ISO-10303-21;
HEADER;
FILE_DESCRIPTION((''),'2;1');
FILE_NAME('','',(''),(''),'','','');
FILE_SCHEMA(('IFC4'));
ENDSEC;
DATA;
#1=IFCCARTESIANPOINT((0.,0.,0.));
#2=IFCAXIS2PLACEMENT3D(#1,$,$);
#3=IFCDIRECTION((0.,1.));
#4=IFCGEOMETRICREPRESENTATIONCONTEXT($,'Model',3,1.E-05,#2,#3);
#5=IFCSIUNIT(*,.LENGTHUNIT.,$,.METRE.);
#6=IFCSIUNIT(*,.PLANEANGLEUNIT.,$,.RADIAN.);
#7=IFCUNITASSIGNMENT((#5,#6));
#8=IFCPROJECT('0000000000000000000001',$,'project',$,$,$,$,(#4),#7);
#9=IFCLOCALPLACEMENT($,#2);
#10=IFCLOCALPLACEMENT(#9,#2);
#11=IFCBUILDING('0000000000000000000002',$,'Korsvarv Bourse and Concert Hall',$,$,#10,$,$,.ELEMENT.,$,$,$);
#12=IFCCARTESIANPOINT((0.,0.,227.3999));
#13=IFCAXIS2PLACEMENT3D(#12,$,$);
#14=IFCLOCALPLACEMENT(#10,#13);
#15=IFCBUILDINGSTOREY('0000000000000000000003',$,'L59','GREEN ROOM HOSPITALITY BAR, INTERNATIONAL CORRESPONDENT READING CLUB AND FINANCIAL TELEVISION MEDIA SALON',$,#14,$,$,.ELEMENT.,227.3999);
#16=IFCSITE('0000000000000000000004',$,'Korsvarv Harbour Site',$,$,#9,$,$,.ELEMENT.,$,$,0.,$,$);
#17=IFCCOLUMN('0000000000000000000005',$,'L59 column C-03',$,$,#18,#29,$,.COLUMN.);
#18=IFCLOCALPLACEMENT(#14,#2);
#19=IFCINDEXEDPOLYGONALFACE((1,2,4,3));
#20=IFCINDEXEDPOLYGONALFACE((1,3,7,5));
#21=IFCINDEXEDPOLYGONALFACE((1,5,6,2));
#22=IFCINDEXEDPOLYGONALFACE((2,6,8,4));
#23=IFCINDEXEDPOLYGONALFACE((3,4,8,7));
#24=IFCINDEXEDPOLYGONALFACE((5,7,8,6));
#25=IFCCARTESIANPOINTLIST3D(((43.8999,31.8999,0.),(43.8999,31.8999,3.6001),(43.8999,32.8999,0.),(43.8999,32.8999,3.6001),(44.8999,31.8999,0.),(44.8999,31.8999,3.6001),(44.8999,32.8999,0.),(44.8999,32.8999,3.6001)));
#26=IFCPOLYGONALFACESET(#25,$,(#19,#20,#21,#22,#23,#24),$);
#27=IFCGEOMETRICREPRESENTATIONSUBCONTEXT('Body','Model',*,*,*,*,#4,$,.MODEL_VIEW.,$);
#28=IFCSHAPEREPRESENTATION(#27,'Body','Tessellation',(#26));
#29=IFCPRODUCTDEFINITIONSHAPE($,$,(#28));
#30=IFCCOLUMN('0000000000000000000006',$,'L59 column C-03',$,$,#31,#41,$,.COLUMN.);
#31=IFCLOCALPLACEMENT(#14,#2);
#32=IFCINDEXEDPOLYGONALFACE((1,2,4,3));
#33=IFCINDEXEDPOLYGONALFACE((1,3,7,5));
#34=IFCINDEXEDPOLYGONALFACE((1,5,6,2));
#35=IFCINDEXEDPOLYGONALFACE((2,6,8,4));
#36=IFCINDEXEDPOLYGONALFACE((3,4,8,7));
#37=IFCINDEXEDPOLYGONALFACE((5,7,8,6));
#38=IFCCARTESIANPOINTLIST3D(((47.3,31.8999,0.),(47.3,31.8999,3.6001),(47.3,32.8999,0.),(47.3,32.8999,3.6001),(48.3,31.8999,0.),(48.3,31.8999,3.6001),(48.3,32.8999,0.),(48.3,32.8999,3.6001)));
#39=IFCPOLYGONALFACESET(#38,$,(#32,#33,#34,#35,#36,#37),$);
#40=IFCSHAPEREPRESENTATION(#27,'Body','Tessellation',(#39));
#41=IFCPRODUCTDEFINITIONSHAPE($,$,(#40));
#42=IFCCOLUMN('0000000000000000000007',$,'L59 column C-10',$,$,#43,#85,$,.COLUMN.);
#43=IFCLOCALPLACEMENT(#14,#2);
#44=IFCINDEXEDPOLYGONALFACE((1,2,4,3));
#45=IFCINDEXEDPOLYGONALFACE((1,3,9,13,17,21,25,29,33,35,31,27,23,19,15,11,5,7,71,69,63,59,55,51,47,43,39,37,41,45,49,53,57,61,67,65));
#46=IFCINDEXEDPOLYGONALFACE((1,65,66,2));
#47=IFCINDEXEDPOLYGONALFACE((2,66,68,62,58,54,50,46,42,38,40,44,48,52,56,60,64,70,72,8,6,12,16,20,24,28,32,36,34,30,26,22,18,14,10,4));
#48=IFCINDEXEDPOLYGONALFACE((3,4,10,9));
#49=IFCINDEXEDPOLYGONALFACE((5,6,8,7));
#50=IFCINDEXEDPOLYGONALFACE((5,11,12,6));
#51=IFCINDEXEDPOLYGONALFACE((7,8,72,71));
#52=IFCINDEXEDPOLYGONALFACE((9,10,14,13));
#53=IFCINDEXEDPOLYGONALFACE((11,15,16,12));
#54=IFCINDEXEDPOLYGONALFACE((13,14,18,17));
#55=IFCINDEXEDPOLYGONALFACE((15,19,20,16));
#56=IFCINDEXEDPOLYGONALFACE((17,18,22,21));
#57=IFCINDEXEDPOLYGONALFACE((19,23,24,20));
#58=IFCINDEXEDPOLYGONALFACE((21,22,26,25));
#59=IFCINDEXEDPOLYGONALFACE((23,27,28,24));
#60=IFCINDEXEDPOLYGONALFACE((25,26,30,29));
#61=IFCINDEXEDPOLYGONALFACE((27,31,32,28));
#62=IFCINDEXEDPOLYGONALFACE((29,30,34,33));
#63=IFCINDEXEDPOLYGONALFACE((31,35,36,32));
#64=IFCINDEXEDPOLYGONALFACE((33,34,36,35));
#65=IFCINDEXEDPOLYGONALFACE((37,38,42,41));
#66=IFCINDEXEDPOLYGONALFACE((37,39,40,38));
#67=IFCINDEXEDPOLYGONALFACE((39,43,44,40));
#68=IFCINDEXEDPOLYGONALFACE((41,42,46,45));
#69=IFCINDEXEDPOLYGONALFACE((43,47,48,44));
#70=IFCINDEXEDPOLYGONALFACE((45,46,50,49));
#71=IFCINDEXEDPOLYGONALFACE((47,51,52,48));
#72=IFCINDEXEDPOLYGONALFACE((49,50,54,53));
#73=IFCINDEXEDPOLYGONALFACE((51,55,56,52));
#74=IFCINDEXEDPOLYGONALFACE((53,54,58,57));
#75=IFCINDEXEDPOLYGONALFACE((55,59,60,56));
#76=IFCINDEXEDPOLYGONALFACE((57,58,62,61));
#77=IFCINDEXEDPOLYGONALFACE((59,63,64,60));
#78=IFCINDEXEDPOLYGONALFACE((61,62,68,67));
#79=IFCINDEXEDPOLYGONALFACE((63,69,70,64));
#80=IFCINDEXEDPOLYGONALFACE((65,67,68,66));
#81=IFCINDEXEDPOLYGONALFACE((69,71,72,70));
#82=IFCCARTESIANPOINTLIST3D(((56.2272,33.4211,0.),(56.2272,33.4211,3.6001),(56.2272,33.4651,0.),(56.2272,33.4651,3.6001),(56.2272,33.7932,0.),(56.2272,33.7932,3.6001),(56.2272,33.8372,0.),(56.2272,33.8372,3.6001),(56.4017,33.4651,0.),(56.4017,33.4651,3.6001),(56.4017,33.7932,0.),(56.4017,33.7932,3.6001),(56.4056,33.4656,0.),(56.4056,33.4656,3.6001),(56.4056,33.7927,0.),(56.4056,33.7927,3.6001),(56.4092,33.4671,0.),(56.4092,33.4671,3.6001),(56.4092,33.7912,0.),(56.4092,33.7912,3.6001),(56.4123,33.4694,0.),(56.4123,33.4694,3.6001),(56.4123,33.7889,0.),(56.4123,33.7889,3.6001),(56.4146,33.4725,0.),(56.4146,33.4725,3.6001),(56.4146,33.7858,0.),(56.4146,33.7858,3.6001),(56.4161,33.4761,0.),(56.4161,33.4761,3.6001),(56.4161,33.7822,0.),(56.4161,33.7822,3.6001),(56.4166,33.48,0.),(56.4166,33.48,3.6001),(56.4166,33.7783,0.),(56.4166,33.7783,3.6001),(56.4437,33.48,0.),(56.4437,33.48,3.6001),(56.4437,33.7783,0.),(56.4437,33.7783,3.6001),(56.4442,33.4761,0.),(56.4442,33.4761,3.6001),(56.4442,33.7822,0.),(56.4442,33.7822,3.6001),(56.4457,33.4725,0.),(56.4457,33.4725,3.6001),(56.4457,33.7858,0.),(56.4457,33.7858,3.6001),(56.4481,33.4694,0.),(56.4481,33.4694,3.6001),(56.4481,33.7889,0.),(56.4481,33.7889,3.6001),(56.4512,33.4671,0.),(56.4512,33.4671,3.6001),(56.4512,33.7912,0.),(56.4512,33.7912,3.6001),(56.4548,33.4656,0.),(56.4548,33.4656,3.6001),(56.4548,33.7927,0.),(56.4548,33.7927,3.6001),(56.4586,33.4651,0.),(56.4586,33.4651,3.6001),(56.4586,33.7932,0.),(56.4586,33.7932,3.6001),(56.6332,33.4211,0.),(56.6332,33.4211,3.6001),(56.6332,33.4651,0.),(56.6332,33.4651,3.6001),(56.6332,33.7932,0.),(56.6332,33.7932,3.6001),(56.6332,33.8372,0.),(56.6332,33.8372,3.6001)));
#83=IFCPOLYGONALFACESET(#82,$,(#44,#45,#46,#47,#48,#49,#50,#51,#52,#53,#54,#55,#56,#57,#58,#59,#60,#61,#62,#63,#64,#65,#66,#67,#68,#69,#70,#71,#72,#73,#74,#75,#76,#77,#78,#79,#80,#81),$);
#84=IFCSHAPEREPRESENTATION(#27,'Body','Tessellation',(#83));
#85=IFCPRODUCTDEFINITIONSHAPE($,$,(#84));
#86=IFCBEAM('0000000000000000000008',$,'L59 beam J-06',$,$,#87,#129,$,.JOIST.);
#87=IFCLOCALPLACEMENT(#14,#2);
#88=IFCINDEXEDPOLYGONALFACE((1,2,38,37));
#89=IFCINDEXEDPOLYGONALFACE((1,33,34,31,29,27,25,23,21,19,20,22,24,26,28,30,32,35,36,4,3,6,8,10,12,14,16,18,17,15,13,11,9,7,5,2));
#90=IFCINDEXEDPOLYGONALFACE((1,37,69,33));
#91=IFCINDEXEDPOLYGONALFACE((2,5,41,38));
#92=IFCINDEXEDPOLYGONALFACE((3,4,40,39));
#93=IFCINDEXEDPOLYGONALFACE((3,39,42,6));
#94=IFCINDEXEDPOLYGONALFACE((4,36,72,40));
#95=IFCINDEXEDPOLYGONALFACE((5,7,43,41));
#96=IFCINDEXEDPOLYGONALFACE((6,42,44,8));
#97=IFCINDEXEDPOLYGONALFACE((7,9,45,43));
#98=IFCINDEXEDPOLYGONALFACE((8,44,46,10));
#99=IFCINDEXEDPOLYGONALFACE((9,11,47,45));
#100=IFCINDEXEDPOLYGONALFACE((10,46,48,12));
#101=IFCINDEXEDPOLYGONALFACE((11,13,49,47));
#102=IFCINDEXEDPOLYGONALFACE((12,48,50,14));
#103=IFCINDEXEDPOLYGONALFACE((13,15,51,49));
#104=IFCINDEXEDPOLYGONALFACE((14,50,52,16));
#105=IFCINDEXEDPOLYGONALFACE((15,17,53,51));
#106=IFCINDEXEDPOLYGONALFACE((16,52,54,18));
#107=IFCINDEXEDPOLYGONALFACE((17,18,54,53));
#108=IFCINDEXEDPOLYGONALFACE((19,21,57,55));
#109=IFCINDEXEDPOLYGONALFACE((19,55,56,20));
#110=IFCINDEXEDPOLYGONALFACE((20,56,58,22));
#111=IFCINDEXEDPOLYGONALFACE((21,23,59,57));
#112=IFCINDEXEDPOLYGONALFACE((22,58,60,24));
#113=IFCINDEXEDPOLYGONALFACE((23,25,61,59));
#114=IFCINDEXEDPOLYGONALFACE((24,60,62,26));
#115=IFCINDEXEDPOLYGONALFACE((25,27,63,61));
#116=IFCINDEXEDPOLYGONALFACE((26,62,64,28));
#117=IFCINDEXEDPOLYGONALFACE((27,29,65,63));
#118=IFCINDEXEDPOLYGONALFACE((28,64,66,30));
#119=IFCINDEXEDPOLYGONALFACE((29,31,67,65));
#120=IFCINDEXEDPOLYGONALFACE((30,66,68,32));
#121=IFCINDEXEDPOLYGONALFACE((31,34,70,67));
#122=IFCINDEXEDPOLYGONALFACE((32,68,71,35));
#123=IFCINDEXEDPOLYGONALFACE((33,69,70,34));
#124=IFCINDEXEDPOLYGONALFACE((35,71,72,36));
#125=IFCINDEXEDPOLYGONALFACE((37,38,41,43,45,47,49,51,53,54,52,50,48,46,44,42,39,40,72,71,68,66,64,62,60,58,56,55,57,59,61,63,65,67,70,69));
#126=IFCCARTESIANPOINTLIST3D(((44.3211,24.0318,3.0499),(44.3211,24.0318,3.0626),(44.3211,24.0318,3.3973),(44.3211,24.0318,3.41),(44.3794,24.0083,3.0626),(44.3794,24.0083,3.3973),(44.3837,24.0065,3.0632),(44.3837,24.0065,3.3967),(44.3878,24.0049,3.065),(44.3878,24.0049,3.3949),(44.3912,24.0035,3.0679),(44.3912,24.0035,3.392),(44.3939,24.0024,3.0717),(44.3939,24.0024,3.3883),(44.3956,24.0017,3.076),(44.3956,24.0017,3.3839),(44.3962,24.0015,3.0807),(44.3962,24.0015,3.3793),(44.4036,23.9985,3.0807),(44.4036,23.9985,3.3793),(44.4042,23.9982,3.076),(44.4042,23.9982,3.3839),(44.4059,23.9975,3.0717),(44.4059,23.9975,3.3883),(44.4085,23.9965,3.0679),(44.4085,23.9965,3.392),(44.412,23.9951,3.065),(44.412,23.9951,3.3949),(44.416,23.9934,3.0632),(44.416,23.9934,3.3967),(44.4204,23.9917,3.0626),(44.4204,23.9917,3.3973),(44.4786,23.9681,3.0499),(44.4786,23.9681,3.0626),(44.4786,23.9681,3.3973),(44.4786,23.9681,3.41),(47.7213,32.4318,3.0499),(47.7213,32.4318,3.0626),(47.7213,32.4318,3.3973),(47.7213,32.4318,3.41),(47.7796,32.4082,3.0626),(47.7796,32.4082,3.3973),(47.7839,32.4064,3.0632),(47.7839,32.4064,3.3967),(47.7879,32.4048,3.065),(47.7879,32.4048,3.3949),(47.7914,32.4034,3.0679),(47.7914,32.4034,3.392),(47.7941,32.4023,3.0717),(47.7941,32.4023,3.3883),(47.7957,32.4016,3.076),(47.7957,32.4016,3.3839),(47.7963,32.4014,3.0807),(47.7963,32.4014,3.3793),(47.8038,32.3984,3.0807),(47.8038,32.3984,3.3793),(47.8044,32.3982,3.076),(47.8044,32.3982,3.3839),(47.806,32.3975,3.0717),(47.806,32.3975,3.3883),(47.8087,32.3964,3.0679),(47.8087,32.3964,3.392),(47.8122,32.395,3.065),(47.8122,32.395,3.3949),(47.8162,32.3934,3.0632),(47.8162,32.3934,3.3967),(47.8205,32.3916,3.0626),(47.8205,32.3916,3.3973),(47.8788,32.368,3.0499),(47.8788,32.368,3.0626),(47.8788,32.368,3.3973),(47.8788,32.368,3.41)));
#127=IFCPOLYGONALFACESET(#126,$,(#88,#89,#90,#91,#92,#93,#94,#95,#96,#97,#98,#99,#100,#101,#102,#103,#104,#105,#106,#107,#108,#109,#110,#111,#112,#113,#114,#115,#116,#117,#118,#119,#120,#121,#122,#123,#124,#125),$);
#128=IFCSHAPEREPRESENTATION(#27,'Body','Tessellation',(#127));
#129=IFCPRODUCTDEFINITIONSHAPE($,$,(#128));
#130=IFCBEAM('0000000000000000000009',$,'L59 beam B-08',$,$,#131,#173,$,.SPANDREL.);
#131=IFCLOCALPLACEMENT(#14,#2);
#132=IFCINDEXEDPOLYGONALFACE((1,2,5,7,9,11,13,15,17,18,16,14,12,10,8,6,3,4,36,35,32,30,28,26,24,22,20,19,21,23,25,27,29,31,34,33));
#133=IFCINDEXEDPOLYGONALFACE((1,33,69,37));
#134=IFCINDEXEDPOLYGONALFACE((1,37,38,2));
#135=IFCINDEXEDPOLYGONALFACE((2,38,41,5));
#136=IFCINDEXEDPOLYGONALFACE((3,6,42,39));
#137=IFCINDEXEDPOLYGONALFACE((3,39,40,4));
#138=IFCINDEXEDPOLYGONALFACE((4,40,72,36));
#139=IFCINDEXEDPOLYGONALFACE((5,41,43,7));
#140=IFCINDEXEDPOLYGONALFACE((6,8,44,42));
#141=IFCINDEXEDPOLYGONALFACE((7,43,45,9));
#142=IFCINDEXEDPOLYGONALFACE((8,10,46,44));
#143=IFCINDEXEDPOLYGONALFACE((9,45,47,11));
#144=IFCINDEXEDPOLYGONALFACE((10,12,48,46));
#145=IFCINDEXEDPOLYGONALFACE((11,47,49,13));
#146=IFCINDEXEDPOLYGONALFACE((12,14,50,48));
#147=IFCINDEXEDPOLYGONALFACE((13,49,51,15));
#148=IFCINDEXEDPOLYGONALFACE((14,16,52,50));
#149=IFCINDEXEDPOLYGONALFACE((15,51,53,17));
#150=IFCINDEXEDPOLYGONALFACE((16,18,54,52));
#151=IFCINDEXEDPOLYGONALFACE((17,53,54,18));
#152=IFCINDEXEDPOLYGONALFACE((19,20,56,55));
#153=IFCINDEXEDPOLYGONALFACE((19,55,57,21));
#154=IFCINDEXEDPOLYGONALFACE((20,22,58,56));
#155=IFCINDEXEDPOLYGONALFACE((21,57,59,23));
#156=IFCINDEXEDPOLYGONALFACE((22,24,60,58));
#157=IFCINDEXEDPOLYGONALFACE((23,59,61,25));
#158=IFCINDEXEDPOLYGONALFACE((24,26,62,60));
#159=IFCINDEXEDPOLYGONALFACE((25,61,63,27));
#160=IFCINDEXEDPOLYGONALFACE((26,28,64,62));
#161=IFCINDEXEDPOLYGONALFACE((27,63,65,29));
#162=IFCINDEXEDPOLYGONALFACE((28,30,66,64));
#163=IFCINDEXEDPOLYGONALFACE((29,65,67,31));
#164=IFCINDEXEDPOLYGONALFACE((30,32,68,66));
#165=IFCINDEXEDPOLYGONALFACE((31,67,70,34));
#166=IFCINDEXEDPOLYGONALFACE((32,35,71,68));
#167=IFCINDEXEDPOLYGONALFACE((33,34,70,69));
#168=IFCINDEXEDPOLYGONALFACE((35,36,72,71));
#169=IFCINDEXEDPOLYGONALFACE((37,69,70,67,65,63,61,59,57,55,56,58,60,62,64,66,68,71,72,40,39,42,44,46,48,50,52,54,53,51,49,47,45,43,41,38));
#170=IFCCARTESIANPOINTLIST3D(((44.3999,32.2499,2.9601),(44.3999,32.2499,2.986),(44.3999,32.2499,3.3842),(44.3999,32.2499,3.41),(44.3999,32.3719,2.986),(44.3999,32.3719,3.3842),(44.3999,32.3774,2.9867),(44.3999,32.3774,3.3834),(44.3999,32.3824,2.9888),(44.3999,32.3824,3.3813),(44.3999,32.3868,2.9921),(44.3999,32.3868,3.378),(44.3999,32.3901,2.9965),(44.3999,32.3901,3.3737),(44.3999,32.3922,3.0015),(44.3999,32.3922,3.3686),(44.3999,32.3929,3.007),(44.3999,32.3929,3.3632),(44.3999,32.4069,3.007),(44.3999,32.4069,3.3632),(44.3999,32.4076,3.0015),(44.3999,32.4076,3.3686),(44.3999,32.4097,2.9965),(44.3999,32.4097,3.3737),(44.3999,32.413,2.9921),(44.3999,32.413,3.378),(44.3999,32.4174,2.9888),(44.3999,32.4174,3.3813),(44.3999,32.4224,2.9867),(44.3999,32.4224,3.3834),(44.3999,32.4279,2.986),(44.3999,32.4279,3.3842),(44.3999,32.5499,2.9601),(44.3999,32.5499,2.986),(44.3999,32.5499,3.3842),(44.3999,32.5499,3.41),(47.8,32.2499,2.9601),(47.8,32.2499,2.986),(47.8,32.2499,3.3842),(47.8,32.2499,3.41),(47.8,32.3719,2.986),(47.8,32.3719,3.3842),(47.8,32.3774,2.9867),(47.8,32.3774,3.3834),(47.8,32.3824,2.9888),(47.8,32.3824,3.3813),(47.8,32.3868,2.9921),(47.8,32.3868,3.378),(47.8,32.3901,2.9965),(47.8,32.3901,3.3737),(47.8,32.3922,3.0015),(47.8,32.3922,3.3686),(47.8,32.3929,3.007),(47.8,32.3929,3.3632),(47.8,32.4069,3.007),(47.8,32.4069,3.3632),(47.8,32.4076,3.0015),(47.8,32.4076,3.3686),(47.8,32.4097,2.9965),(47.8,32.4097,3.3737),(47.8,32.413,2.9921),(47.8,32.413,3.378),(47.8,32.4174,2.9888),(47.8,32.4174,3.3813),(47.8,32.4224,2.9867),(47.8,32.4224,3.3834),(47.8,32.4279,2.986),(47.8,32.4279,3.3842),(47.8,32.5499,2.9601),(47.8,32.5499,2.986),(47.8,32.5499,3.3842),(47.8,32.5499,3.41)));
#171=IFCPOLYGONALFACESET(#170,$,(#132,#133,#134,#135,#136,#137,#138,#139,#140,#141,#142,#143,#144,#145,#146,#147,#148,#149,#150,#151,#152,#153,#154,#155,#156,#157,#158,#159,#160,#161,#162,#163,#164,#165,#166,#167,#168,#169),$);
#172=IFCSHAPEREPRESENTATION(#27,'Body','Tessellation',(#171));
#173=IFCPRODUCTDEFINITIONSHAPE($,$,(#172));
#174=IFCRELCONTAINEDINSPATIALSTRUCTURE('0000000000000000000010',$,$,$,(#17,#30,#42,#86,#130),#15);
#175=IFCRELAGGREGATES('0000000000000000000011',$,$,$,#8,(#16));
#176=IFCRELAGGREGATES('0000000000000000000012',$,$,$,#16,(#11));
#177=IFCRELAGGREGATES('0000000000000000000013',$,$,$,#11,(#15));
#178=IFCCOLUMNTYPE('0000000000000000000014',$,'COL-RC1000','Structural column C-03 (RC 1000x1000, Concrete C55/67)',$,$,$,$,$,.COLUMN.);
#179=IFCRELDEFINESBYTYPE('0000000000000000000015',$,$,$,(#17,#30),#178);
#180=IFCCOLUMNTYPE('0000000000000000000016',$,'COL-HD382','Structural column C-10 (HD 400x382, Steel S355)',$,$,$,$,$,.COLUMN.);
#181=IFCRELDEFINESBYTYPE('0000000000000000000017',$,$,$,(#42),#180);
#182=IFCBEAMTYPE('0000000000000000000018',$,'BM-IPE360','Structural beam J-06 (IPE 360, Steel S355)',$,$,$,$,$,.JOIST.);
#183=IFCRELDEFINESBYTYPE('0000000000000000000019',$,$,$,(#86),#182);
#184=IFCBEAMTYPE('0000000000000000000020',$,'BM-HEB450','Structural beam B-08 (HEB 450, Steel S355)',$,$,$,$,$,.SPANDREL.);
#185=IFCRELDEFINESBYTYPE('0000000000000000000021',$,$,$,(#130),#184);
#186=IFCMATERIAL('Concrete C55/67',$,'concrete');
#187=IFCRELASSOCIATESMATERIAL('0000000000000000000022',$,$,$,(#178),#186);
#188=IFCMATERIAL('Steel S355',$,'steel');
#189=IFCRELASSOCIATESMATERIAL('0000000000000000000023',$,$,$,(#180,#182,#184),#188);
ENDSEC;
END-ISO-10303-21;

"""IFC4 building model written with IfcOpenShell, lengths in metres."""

from ifc_helpers import new_model, si_unit, direction, frame, origin, origin_2d, place, context, subcontext, project, spatial, rectangle, i_section, extrude, source, transform, mapped, material, material_profile, profile_set, type_object, element, save


model = new_model("IFC4")

# Units and contexts
model_context = context("Model", 3, precision=1e-05, world=origin(), true_north=direction((0.0, 1.0)))
body_context = subcontext(model_context, "Body", "Model", "MODEL_VIEW")
ifc_project = project(units=[si_unit("LENGTHUNIT", "METRE"), si_unit("PLANEANGLEUNIT", "RADIAN")], contexts=[model_context])

# Site, building, storey
site_placement = place(None, origin())
site = spatial("IfcSite", under=ifc_project, at=site_placement, Name="Korsvarv Harbour Site", CompositionType="ELEMENT", RefElevation=0.0)
building_placement = place(site_placement, origin())
building = spatial("IfcBuilding", under=site, at=building_placement, Name="Korsvarv Bourse and Concert Hall", CompositionType="ELEMENT")
storey_placement = place(building_placement, frame((0.0, 0.0, 227.3999)))
storey = spatial("IfcBuildingStorey", under=building, at=storey_placement, Name="L59", Description="GREEN ROOM HOSPITALITY BAR, INTERNATIONAL CORRESPONDENT READING CLUB AND FINANCIAL TELEVISION MEDIA SALON", CompositionType="ELEMENT", Elevation=227.3999)

# Columns
ifc_material_1 = material(Name="Concrete C55/67", Category="concrete")
ifc_material_profile_1 = material_profile(ifc_material_1, rectangle(XDim=1.0, YDim=1.0, at=origin_2d()), Name="RC 1000x1000")
ifc_profile_set_1 = profile_set([ifc_material_profile_1], Name="Concrete C55/67")
column_type_1 = type_object("IfcColumnType", Name="COL-RC1000", Description="Structural column C-03 (RC 1000x1000, Concrete C55/67)", PredefinedType="COLUMN", material=ifc_profile_set_1)
shared_shape_1 = source(origin(), body_context, "Body", "SweptSolid", [
    extrude(rectangle(XDim=1.0, YDim=1.0, at=origin_2d()), origin(), (0.0, 0.0, 1.0), 3.6001),
])
for number, where, z_axis, x_axis, name in (
    (1, (44.3999, 32.3999, 0.0), (0.0, 0.0, 1.0), (1.0, 0.0, 0.0), "L59 column C-03"),
    (2, (47.8, 32.3999, 0.0), (0.0, 0.0, 1.0), (1.0, 0.0, 0.0), "L59 column C-03"),
):
    element("IfcColumn", number, at=place(storey_placement, frame(where, z_axis=z_axis, x_axis=x_axis)), inside=storey, type_object=column_type_1, Name=name, PredefinedType="COLUMN", context=body_context, shape_type="MappedRepresentation", body=[
        mapped(shared_shape_1, transform((0.0, 0.0, 0.0), scale=1.0)),
    ])
ifc_material_2 = material(Name="Steel S355", Category="steel")
ifc_material_profile_2 = material_profile(ifc_material_2, i_section(OverallWidth=0.406, OverallDepth=0.416, WebThickness=0.0271, FlangeThickness=0.0439, FilletRadius=0.0149, at=origin_2d()), Name="HD 400x382")
ifc_profile_set_2 = profile_set([ifc_material_profile_2], Name="Steel S355")
column_type_2 = type_object("IfcColumnType", Name="COL-HD382", Description="Structural column C-10 (HD 400x382, Steel S355)", PredefinedType="COLUMN", material=ifc_profile_set_2)
shared_shape_2 = source(origin(), body_context, "Body", "SweptSolid", [
    extrude(i_section(OverallWidth=0.406, OverallDepth=0.416, WebThickness=0.0271, FlangeThickness=0.0439, FilletRadius=0.0149, at=origin_2d()), origin(), (0.0, 0.0, 1.0), 3.6001),
])
column_placement = place(storey_placement, frame((56.4302, 33.6292, 0.0), z_axis=(0.0, 0.0, 1.0), x_axis=(1.0, 0.0, 0.0)))
element("IfcColumn", 3, at=column_placement, inside=storey, type_object=column_type_2, Name="L59 column C-10", PredefinedType="COLUMN", context=body_context, shape_type="MappedRepresentation", body=[
    mapped(shared_shape_2, transform((0.0, 0.0, 0.0), scale=1.0)),
])

# Beams
ifc_material_profile_3 = material_profile(ifc_material_2, i_section(OverallWidth=0.1699, OverallDepth=0.3601, WebThickness=0.0081, FlangeThickness=0.0127, FilletRadius=0.0181, at=origin_2d()), Name="IPE 360")
ifc_profile_set_3 = profile_set([ifc_material_profile_3], Name="Steel S355")
beam_type_1 = type_object("IfcBeamType", Name="BM-IPE360", Description="Structural beam J-06 (IPE 360, Steel S355)", PredefinedType="JOIST", material=ifc_profile_set_3)
shared_shape_3 = source(origin(), body_context, "Body", "SweptSolid", [
    extrude(i_section(OverallWidth=0.1699, OverallDepth=0.3601, WebThickness=0.0081, FlangeThickness=0.0127, FilletRadius=0.0181, at=origin_2d()), origin(), (0.0, 0.0, 1.0), 9.062),
])
beam_1_placement = place(storey_placement, frame((47.8, 32.3999, 3.23), z_axis=(-0.37521, -0.92694, 0.0), x_axis=(0.92694, -0.37521, 0.0)))
element("IfcBeam", 4, at=beam_1_placement, inside=storey, type_object=beam_type_1, Name="L59 beam J-06", PredefinedType="JOIST", context=body_context, shape_type="MappedRepresentation", body=[
    mapped(shared_shape_3, transform((0.0, 0.0, 0.0), scale=1.0)),
])
ifc_material_profile_4 = material_profile(ifc_material_2, i_section(OverallWidth=0.3, OverallDepth=0.45, WebThickness=0.0139, FlangeThickness=0.0259, FilletRadius=0.021, at=origin_2d()), Name="HEB 450")
ifc_profile_set_4 = profile_set([ifc_material_profile_4], Name="Steel S355")
beam_type_2 = type_object("IfcBeamType", Name="BM-HEB450", Description="Structural beam B-08 (HEB 450, Steel S355)", PredefinedType="SPANDREL", material=ifc_profile_set_4)
shared_shape_4 = source(origin(), body_context, "Body", "SweptSolid", [
    extrude(i_section(OverallWidth=0.3, OverallDepth=0.45, WebThickness=0.0139, FlangeThickness=0.0259, FilletRadius=0.021, at=origin_2d()), origin(), (0.0, 0.0, 1.0), 3.4001),
])
beam_2_placement = place(storey_placement, frame((44.3999, 32.3999, 3.1851), z_axis=(1.0, 0.0, 0.0), x_axis=(0.0, 1.0, 0.0)))
element("IfcBeam", 5, at=beam_2_placement, inside=storey, type_object=beam_type_2, Name="L59 beam B-08", PredefinedType="SPANDREL", context=body_context, shape_type="MappedRepresentation", body=[
    mapped(shared_shape_4, transform((0.0, 0.0, 0.0), scale=1.0)),
])

save(model, "model.ifc")
